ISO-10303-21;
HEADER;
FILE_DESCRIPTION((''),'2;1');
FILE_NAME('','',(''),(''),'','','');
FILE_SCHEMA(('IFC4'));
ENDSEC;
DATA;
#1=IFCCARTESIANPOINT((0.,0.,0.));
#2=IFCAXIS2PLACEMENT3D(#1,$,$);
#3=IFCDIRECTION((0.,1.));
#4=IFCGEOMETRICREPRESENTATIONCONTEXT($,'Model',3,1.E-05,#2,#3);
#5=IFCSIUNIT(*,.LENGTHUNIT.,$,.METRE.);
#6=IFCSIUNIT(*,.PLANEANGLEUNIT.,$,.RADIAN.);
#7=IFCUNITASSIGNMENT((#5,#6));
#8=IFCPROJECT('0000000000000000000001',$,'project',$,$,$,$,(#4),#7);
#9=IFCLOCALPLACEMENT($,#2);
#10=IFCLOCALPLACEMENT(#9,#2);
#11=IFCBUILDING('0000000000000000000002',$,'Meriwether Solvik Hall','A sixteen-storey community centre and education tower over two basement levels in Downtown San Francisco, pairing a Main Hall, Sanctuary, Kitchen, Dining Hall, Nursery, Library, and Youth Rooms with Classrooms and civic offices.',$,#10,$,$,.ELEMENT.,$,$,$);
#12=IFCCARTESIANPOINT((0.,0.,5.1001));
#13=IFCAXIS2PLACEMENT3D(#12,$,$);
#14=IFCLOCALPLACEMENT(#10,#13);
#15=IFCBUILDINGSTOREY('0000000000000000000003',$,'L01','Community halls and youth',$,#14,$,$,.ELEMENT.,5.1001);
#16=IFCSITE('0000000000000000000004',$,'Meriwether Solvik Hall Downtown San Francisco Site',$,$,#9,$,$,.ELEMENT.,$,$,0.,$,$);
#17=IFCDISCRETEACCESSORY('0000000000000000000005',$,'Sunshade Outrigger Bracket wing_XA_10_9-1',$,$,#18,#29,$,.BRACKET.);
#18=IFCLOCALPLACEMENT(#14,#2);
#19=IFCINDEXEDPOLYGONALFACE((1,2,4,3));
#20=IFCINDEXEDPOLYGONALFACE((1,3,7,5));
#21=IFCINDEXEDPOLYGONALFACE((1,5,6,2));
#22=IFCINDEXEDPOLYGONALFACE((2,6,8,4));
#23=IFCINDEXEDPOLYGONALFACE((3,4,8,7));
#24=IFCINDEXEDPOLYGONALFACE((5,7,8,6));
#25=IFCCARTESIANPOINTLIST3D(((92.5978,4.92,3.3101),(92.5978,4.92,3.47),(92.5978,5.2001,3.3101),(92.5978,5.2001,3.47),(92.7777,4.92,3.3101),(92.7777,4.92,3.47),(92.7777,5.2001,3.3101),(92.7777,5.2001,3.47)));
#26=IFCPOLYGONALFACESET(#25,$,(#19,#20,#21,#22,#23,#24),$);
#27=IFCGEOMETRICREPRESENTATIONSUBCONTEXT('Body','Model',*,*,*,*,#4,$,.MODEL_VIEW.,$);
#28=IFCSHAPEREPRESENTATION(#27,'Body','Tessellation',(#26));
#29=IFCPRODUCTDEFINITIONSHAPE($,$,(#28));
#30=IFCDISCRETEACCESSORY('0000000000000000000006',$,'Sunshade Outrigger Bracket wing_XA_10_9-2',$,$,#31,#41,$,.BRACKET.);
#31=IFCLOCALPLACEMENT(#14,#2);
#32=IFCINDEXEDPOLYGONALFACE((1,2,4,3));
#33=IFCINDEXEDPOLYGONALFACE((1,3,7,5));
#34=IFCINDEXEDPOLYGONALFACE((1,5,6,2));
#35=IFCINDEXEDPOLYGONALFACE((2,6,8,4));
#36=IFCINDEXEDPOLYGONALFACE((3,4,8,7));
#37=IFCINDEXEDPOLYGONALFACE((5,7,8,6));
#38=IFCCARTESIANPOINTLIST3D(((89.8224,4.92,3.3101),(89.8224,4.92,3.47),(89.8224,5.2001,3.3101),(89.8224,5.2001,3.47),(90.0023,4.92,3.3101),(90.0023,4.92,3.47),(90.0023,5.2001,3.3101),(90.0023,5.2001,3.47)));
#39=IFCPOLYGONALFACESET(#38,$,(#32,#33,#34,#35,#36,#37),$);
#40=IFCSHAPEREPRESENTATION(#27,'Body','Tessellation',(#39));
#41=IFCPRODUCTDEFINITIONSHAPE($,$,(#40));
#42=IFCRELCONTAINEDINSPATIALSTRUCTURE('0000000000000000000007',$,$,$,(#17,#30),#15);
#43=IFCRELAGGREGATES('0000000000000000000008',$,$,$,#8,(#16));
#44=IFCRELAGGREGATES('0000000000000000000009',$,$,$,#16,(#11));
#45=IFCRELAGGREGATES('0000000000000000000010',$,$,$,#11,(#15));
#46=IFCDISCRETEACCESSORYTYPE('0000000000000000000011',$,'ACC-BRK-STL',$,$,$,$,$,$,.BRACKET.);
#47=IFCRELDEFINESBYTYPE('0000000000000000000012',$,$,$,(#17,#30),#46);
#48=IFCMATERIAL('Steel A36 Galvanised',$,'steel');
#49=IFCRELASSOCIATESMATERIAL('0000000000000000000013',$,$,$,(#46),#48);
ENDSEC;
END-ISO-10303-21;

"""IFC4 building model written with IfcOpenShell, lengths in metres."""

from ifc_helpers import new_model, si_unit, direction, frame, origin, origin_2d, place, context, subcontext, project, spatial, rectangle, extrude, material, type_object, element, save


model = new_model("IFC4")

# Units and contexts
model_context = context("Model", 3, precision=1e-05, world=origin(), true_north=direction((0.0, 1.0)))
body_context = subcontext(model_context, "Body", "Model", "MODEL_VIEW")
ifc_project = project(units=[si_unit("LENGTHUNIT", "METRE"), si_unit("PLANEANGLEUNIT", "RADIAN")], contexts=[model_context])

# Site, building, storey
site_placement = place(None, origin())
site = spatial("IfcSite", under=ifc_project, at=site_placement, Name="Meriwether Solvik Hall Downtown San Francisco Site", CompositionType="ELEMENT", RefElevation=0.0)
building_placement = place(site_placement, origin())
building = spatial("IfcBuilding", under=site, at=building_placement, Name="Meriwether Solvik Hall", Description="A sixteen-storey community centre and education tower over two basement levels in Downtown San Francisco, pairing a Main Hall, Sanctuary, Kitchen, Dining Hall, Nursery, Library, and Youth Rooms with Classrooms and civic offices.", CompositionType="ELEMENT")
storey_placement = place(building_placement, frame((0.0, 0.0, 5.1001)))
storey = spatial("IfcBuildingStorey", under=building, at=storey_placement, Name="L01", Description="Community halls and youth", CompositionType="ELEMENT", Elevation=5.1001)

# Discrete accessories
ifc_material_1 = material(Name="Steel A36 Galvanised", Category="steel")
discrete_accessory_type = type_object("IfcDiscreteAccessoryType", Name="ACC-BRK-STL", PredefinedType="BRACKET", material=ifc_material_1)
for number, where, z_axis, x_axis, name in (
    (1, (92.6877, 5.0601, 3.3101), (0.0, 0.0, 1.0), (-1.0, 0.0, 0.0), "Sunshade Outrigger Bracket wing_XA_10_9-1"),
    (2, (89.9124, 5.0601, 3.3101), (0.0, 0.0, 1.0), (-1.0, 0.0, 0.0), "Sunshade Outrigger Bracket wing_XA_10_9-2"),
):
    element("IfcDiscreteAccessory", number, at=place(storey_placement, frame(where, z_axis=z_axis, x_axis=x_axis)), inside=storey, type_object=discrete_accessory_type, Name=name, PredefinedType="BRACKET", context=body_context, shape_type="SweptSolid", body=[
        extrude(rectangle(XDim=0.1799, YDim=0.28, at=origin_2d()), origin(), (0.0, 0.0, 1.0), 0.1599),
    ])

save(model, "model.ifc")
